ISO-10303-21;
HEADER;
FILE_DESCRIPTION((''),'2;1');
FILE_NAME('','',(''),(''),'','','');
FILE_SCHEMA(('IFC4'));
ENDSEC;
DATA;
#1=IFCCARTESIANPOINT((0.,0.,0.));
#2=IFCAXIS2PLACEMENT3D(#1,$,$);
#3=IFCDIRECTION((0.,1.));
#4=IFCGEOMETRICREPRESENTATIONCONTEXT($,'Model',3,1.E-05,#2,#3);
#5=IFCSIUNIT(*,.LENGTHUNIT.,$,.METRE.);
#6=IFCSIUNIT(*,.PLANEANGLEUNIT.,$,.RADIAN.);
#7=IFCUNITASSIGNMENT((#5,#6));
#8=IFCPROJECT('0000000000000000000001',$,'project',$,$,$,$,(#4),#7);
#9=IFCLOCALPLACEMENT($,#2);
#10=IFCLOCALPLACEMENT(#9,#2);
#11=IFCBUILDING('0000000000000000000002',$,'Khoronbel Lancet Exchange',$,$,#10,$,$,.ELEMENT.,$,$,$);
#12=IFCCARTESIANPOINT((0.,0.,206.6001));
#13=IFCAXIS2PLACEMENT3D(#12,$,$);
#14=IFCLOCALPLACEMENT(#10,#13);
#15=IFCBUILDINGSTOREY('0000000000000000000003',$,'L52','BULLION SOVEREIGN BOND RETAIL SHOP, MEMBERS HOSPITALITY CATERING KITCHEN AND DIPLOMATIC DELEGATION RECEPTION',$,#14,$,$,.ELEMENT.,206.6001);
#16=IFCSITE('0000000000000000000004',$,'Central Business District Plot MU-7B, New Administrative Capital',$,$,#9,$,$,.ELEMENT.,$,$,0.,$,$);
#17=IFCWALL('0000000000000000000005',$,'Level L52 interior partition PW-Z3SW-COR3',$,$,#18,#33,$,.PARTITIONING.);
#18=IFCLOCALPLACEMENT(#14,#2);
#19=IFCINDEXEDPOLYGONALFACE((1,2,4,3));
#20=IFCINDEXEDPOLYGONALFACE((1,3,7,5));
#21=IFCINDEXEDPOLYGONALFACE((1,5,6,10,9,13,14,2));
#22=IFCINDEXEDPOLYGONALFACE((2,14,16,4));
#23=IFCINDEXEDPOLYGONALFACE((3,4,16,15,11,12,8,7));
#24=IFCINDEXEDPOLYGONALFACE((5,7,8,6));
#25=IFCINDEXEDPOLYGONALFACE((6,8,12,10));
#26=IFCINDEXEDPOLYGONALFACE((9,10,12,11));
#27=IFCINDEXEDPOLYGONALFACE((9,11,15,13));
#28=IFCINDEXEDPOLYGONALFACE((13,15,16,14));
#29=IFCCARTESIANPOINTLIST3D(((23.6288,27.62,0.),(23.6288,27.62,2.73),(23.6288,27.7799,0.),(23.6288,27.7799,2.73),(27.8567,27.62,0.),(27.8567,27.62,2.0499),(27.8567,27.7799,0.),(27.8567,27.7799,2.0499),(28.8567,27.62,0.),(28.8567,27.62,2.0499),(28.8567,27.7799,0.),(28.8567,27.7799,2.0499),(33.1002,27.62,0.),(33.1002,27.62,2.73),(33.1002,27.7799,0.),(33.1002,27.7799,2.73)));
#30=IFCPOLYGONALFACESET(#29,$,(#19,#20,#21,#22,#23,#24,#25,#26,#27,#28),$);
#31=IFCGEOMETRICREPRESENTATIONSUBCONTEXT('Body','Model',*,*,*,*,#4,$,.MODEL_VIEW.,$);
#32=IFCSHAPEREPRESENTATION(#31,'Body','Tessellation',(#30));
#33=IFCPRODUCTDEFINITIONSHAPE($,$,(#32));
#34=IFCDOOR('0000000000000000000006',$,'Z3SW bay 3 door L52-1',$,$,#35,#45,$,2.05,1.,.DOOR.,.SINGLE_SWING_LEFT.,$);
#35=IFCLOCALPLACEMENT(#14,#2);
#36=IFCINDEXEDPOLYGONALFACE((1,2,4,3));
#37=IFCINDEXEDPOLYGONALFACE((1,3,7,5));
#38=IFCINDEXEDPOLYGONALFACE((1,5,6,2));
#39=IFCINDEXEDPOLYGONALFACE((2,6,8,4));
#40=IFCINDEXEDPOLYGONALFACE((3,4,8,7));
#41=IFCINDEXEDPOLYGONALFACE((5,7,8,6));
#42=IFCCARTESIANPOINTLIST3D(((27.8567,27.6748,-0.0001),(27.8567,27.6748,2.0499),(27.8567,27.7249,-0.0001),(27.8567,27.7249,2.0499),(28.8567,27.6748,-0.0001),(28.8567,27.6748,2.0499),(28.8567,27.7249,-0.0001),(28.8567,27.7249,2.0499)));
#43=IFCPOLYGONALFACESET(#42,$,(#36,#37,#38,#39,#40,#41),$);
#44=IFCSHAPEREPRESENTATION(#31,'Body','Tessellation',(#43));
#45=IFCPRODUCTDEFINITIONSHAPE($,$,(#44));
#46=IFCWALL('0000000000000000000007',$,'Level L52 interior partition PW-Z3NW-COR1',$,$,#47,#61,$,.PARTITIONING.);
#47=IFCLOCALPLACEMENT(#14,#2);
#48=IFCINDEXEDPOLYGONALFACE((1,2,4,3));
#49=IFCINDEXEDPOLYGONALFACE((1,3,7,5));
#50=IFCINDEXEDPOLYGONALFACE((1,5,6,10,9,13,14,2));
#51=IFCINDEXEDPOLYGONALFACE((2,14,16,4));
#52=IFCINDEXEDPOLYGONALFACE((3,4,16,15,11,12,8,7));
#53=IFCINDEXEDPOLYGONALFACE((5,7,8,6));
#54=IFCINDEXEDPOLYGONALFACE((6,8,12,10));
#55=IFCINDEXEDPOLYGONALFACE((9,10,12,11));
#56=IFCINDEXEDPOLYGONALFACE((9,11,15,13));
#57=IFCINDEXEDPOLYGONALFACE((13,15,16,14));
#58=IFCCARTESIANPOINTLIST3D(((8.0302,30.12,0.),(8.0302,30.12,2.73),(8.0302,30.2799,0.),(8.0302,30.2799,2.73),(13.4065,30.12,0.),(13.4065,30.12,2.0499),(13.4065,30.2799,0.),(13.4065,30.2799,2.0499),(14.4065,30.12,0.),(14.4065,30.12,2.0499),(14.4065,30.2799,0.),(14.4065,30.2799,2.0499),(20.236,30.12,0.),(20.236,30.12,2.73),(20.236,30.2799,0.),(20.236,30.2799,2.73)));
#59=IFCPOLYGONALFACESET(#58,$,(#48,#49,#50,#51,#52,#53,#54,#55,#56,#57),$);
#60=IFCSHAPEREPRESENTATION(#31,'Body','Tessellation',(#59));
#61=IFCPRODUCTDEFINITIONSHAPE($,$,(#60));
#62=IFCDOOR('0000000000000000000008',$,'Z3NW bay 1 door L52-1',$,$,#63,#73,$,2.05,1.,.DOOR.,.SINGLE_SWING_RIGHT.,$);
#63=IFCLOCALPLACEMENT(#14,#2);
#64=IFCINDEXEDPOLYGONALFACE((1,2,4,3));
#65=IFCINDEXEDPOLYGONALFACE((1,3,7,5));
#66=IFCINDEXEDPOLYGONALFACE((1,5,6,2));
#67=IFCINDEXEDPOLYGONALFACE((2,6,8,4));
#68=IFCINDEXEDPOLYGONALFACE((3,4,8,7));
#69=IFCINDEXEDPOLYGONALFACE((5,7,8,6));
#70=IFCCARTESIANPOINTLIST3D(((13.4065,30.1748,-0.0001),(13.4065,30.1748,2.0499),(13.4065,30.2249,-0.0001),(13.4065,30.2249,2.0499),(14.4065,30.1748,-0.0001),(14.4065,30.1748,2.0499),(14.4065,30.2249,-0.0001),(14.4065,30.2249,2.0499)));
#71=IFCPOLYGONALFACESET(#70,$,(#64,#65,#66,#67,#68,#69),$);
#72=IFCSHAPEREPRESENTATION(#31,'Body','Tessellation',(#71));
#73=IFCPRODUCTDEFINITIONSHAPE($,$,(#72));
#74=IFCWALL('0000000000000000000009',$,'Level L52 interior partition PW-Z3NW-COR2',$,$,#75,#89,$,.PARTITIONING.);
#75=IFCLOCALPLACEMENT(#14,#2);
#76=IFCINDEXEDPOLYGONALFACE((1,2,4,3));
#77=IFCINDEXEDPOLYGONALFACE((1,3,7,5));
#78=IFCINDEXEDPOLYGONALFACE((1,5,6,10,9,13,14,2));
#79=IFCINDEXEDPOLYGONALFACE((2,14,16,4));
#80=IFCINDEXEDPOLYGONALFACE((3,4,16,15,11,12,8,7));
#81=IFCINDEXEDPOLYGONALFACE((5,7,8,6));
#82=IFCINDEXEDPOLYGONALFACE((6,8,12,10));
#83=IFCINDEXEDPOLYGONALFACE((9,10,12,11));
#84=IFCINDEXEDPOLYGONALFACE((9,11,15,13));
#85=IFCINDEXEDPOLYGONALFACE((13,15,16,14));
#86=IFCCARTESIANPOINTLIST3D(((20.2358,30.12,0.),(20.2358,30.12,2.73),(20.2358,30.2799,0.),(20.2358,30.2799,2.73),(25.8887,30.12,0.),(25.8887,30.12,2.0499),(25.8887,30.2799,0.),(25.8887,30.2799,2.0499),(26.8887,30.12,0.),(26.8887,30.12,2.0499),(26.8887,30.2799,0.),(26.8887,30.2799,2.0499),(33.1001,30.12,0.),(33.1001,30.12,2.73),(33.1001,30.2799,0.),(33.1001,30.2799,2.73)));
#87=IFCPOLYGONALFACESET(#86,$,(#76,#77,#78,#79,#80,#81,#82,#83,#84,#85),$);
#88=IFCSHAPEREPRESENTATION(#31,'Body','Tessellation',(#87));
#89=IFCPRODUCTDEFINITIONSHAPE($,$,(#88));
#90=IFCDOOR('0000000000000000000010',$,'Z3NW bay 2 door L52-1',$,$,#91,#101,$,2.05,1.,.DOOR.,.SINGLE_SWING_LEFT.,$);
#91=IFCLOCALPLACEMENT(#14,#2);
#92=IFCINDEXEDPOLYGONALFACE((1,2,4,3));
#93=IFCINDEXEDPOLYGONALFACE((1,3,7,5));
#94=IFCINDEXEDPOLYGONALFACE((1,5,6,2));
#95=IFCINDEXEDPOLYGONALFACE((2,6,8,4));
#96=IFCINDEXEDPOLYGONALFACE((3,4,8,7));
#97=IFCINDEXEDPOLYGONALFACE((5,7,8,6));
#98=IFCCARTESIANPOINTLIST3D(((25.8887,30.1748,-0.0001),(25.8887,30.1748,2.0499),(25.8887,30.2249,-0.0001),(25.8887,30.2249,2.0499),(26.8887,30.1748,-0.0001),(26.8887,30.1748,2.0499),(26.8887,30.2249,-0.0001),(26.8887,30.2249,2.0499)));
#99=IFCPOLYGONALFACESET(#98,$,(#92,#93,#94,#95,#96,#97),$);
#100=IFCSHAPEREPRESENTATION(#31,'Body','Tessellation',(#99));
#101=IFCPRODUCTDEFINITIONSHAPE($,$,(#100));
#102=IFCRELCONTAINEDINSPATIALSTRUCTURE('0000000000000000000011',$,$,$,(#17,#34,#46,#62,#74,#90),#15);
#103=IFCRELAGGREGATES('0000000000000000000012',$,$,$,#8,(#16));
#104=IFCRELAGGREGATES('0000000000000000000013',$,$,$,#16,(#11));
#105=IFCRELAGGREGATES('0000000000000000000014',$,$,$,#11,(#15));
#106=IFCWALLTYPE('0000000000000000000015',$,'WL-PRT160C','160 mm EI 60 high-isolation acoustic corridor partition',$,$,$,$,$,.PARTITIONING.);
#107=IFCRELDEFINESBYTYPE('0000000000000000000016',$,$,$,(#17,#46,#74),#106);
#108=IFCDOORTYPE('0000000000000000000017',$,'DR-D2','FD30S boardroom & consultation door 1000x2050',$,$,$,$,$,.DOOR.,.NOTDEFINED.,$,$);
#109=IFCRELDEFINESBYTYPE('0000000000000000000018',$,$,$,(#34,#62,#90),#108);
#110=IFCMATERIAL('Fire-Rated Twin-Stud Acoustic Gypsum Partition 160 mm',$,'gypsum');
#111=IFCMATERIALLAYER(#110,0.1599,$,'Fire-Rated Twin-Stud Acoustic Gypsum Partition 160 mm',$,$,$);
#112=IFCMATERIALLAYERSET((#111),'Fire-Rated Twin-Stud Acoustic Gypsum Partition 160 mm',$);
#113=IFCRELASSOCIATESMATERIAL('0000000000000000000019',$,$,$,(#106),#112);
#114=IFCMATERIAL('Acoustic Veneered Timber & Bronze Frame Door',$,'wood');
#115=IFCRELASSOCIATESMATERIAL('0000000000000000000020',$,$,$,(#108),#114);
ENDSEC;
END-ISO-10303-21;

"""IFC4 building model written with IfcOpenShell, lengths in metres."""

from ifc_helpers import new_model, si_unit, direction, frame, frame_2d, origin, place, context, subcontext, project, spatial, rectangle, extrude, material, layer, layer_set, type_object, element, fill, save


model = new_model("IFC4")

# Units and contexts
model_context = context("Model", 3, precision=1e-05, world=origin(), true_north=direction((0.0, 1.0)))
body_context = subcontext(model_context, "Body", "Model", "MODEL_VIEW")
ifc_project = project(units=[si_unit("LENGTHUNIT", "METRE"), si_unit("PLANEANGLEUNIT", "RADIAN")], contexts=[model_context])

# Site, building, storey
site_placement = place(None, origin())
site = spatial("IfcSite", under=ifc_project, at=site_placement, Name="Central Business District Plot MU-7B, New Administrative Capital", CompositionType="ELEMENT", RefElevation=0.0)
building_placement = place(site_placement, origin())
building = spatial("IfcBuilding", under=site, at=building_placement, Name="Khoronbel Lancet Exchange", CompositionType="ELEMENT")
storey_placement = place(building_placement, frame((0.0, 0.0, 206.6001)))
storey = spatial("IfcBuildingStorey", under=building, at=storey_placement, Name="L52", Description="BULLION SOVEREIGN BOND RETAIL SHOP, MEMBERS HOSPITALITY CATERING KITCHEN AND DIPLOMATIC DELEGATION RECEPTION", CompositionType="ELEMENT", Elevation=206.6001)

# Walls, openings, doors
ifc_material_1 = material(Name="Fire-Rated Twin-Stud Acoustic Gypsum Partition 160 mm", Category="gypsum")
ifc_layer_1 = layer(ifc_material_1, 0.1599, Name="Fire-Rated Twin-Stud Acoustic Gypsum Partition 160 mm")
ifc_layer_set_1 = layer_set([ifc_layer_1], Name="Fire-Rated Twin-Stud Acoustic Gypsum Partition 160 mm")
wall_type_1 = type_object("IfcWallType", Name="WL-PRT160C", Description="160 mm EI 60 high-isolation acoustic corridor partition", PredefinedType="PARTITIONING", material=ifc_layer_set_1)
ifc_material_2 = material(Name="Acoustic Veneered Timber & Bronze Frame Door", Category="wood")
door_type_1 = type_object("IfcDoorType", Name="DR-D2", Description="FD30S boardroom & consultation door 1000x2050", OperationType="NOTDEFINED", PredefinedType="DOOR", material=ifc_material_2)
wall_1_placement = place(storey_placement, frame((23.6287, 27.7, 0.0), z_axis=(0.0, 0.0, 1.0), x_axis=(1.0, 0.0, 0.0)))
wall_1 = element("IfcWall", 1, at=wall_1_placement, inside=storey, type_object=wall_type_1, Name="Level L52 interior partition PW-Z3SW-COR3", PredefinedType="PARTITIONING", context=body_context, shape_type="SweptSolid", body=[
    extrude(rectangle(XDim=9.4714, YDim=0.1599, at=frame_2d((4.7358, 0.0))), origin(), (0.0, 0.0, 1.0), 2.73),
])
opening_1_placement = place(wall_1_placement, frame((4.228, 0.0, 0.0)))
opening_1 = element("IfcOpeningElement", 2, at=opening_1_placement, cuts=wall_1, PredefinedType="OPENING", context=body_context, shape_type="SweptSolid", body=[
    extrude(rectangle(XDim=1.0, YDim=2.05, at=frame_2d((0.5, 1.0249))), frame((0.0, 0.0898, 0.0), z_axis=(0.0, -1.0, 0.0), x_axis=(1.0, 0.0, 0.0)), (0.0, 0.0, 1.0), 0.1799),
])
door_1_placement = place(opening_1_placement, origin())
door_1 = element("IfcDoor", 3, at=door_1_placement, inside=storey, type_object=door_type_1, Name="Z3SW bay 3 door L52-1", OperationType="SINGLE_SWING_LEFT", OverallHeight=2.05, OverallWidth=1.0, PredefinedType="DOOR", context=body_context, shape_type="SweptSolid", body=[
    extrude(rectangle(XDim=1.0, YDim=2.05, at=frame_2d((0.5, 1.0249))), frame((0.0, 0.0249, 0.0), z_axis=(0.0, -1.0, 0.0), x_axis=(1.0, 0.0, 0.0)), (0.0, 0.0, 1.0), 0.05),
])
fill(opening_1, door_1)
wall_2_placement = place(storey_placement, frame((8.03, 30.2, 0.0), z_axis=(0.0, 0.0, 1.0), x_axis=(1.0, 0.0, 0.0)))
wall_2 = element("IfcWall", 4, at=wall_2_placement, inside=storey, type_object=wall_type_1, Name="Level L52 interior partition PW-Z3NW-COR1", PredefinedType="PARTITIONING", context=body_context, shape_type="SweptSolid", body=[
    extrude(rectangle(XDim=12.2058, YDim=0.1599, at=frame_2d((6.103, 0.0))), origin(), (0.0, 0.0, 1.0), 2.73),
])
opening_2_placement = place(wall_2_placement, frame((5.3765, 0.0, 0.0)))
opening_2 = element("IfcOpeningElement", 5, at=opening_2_placement, cuts=wall_2, PredefinedType="OPENING", context=body_context, shape_type="SweptSolid", body=[
    extrude(rectangle(XDim=1.0, YDim=2.05, at=frame_2d((0.5, 1.0249))), frame((0.0, 0.0898, 0.0), z_axis=(0.0, -1.0, 0.0), x_axis=(1.0, 0.0, 0.0)), (0.0, 0.0, 1.0), 0.1799),
])
door_2_placement = place(opening_2_placement, origin())
door_2 = element("IfcDoor", 6, at=door_2_placement, inside=storey, type_object=door_type_1, Name="Z3NW bay 1 door L52-1", OperationType="SINGLE_SWING_RIGHT", OverallHeight=2.05, OverallWidth=1.0, PredefinedType="DOOR", context=body_context, shape_type="SweptSolid", body=[
    extrude(rectangle(XDim=1.0, YDim=2.05, at=frame_2d((0.5, 1.0249))), frame((0.0, 0.0249, 0.0), z_axis=(0.0, -1.0, 0.0), x_axis=(1.0, 0.0, 0.0)), (0.0, 0.0, 1.0), 0.05),
])
fill(opening_2, door_2)
wall_3_placement = place(storey_placement, frame((20.2358, 30.2, 0.0), z_axis=(0.0, 0.0, 1.0), x_axis=(1.0, 0.0, 0.0)))
wall_3 = element("IfcWall", 7, at=wall_3_placement, inside=storey, type_object=wall_type_1, Name="Level L52 interior partition PW-Z3NW-COR2", PredefinedType="PARTITIONING", context=body_context, shape_type="SweptSolid", body=[
    extrude(rectangle(XDim=12.8643, YDim=0.1599, at=frame_2d((6.4321, 0.0))), origin(), (0.0, 0.0, 1.0), 2.73),
])
opening_3_placement = place(wall_3_placement, frame((5.6528, 0.0, 0.0)))
opening_3 = element("IfcOpeningElement", 8, at=opening_3_placement, cuts=wall_3, PredefinedType="OPENING", context=body_context, shape_type="SweptSolid", body=[
    extrude(rectangle(XDim=1.0, YDim=2.05, at=frame_2d((0.5, 1.0249))), frame((0.0, 0.0898, 0.0), z_axis=(0.0, -1.0, 0.0), x_axis=(1.0, 0.0, 0.0)), (0.0, 0.0, 1.0), 0.1799),
])
door_3_placement = place(opening_3_placement, origin())
door_3 = element("IfcDoor", 9, at=door_3_placement, inside=storey, type_object=door_type_1, Name="Z3NW bay 2 door L52-1", OperationType="SINGLE_SWING_LEFT", OverallHeight=2.05, OverallWidth=1.0, PredefinedType="DOOR", context=body_context, shape_type="SweptSolid", body=[
    extrude(rectangle(XDim=1.0, YDim=2.05, at=frame_2d((0.5, 1.0249))), frame((0.0, 0.0249, 0.0), z_axis=(0.0, -1.0, 0.0), x_axis=(1.0, 0.0, 0.0)), (0.0, 0.0, 1.0), 0.05),
])
fill(opening_3, door_3)

save(model, "model.ifc")
